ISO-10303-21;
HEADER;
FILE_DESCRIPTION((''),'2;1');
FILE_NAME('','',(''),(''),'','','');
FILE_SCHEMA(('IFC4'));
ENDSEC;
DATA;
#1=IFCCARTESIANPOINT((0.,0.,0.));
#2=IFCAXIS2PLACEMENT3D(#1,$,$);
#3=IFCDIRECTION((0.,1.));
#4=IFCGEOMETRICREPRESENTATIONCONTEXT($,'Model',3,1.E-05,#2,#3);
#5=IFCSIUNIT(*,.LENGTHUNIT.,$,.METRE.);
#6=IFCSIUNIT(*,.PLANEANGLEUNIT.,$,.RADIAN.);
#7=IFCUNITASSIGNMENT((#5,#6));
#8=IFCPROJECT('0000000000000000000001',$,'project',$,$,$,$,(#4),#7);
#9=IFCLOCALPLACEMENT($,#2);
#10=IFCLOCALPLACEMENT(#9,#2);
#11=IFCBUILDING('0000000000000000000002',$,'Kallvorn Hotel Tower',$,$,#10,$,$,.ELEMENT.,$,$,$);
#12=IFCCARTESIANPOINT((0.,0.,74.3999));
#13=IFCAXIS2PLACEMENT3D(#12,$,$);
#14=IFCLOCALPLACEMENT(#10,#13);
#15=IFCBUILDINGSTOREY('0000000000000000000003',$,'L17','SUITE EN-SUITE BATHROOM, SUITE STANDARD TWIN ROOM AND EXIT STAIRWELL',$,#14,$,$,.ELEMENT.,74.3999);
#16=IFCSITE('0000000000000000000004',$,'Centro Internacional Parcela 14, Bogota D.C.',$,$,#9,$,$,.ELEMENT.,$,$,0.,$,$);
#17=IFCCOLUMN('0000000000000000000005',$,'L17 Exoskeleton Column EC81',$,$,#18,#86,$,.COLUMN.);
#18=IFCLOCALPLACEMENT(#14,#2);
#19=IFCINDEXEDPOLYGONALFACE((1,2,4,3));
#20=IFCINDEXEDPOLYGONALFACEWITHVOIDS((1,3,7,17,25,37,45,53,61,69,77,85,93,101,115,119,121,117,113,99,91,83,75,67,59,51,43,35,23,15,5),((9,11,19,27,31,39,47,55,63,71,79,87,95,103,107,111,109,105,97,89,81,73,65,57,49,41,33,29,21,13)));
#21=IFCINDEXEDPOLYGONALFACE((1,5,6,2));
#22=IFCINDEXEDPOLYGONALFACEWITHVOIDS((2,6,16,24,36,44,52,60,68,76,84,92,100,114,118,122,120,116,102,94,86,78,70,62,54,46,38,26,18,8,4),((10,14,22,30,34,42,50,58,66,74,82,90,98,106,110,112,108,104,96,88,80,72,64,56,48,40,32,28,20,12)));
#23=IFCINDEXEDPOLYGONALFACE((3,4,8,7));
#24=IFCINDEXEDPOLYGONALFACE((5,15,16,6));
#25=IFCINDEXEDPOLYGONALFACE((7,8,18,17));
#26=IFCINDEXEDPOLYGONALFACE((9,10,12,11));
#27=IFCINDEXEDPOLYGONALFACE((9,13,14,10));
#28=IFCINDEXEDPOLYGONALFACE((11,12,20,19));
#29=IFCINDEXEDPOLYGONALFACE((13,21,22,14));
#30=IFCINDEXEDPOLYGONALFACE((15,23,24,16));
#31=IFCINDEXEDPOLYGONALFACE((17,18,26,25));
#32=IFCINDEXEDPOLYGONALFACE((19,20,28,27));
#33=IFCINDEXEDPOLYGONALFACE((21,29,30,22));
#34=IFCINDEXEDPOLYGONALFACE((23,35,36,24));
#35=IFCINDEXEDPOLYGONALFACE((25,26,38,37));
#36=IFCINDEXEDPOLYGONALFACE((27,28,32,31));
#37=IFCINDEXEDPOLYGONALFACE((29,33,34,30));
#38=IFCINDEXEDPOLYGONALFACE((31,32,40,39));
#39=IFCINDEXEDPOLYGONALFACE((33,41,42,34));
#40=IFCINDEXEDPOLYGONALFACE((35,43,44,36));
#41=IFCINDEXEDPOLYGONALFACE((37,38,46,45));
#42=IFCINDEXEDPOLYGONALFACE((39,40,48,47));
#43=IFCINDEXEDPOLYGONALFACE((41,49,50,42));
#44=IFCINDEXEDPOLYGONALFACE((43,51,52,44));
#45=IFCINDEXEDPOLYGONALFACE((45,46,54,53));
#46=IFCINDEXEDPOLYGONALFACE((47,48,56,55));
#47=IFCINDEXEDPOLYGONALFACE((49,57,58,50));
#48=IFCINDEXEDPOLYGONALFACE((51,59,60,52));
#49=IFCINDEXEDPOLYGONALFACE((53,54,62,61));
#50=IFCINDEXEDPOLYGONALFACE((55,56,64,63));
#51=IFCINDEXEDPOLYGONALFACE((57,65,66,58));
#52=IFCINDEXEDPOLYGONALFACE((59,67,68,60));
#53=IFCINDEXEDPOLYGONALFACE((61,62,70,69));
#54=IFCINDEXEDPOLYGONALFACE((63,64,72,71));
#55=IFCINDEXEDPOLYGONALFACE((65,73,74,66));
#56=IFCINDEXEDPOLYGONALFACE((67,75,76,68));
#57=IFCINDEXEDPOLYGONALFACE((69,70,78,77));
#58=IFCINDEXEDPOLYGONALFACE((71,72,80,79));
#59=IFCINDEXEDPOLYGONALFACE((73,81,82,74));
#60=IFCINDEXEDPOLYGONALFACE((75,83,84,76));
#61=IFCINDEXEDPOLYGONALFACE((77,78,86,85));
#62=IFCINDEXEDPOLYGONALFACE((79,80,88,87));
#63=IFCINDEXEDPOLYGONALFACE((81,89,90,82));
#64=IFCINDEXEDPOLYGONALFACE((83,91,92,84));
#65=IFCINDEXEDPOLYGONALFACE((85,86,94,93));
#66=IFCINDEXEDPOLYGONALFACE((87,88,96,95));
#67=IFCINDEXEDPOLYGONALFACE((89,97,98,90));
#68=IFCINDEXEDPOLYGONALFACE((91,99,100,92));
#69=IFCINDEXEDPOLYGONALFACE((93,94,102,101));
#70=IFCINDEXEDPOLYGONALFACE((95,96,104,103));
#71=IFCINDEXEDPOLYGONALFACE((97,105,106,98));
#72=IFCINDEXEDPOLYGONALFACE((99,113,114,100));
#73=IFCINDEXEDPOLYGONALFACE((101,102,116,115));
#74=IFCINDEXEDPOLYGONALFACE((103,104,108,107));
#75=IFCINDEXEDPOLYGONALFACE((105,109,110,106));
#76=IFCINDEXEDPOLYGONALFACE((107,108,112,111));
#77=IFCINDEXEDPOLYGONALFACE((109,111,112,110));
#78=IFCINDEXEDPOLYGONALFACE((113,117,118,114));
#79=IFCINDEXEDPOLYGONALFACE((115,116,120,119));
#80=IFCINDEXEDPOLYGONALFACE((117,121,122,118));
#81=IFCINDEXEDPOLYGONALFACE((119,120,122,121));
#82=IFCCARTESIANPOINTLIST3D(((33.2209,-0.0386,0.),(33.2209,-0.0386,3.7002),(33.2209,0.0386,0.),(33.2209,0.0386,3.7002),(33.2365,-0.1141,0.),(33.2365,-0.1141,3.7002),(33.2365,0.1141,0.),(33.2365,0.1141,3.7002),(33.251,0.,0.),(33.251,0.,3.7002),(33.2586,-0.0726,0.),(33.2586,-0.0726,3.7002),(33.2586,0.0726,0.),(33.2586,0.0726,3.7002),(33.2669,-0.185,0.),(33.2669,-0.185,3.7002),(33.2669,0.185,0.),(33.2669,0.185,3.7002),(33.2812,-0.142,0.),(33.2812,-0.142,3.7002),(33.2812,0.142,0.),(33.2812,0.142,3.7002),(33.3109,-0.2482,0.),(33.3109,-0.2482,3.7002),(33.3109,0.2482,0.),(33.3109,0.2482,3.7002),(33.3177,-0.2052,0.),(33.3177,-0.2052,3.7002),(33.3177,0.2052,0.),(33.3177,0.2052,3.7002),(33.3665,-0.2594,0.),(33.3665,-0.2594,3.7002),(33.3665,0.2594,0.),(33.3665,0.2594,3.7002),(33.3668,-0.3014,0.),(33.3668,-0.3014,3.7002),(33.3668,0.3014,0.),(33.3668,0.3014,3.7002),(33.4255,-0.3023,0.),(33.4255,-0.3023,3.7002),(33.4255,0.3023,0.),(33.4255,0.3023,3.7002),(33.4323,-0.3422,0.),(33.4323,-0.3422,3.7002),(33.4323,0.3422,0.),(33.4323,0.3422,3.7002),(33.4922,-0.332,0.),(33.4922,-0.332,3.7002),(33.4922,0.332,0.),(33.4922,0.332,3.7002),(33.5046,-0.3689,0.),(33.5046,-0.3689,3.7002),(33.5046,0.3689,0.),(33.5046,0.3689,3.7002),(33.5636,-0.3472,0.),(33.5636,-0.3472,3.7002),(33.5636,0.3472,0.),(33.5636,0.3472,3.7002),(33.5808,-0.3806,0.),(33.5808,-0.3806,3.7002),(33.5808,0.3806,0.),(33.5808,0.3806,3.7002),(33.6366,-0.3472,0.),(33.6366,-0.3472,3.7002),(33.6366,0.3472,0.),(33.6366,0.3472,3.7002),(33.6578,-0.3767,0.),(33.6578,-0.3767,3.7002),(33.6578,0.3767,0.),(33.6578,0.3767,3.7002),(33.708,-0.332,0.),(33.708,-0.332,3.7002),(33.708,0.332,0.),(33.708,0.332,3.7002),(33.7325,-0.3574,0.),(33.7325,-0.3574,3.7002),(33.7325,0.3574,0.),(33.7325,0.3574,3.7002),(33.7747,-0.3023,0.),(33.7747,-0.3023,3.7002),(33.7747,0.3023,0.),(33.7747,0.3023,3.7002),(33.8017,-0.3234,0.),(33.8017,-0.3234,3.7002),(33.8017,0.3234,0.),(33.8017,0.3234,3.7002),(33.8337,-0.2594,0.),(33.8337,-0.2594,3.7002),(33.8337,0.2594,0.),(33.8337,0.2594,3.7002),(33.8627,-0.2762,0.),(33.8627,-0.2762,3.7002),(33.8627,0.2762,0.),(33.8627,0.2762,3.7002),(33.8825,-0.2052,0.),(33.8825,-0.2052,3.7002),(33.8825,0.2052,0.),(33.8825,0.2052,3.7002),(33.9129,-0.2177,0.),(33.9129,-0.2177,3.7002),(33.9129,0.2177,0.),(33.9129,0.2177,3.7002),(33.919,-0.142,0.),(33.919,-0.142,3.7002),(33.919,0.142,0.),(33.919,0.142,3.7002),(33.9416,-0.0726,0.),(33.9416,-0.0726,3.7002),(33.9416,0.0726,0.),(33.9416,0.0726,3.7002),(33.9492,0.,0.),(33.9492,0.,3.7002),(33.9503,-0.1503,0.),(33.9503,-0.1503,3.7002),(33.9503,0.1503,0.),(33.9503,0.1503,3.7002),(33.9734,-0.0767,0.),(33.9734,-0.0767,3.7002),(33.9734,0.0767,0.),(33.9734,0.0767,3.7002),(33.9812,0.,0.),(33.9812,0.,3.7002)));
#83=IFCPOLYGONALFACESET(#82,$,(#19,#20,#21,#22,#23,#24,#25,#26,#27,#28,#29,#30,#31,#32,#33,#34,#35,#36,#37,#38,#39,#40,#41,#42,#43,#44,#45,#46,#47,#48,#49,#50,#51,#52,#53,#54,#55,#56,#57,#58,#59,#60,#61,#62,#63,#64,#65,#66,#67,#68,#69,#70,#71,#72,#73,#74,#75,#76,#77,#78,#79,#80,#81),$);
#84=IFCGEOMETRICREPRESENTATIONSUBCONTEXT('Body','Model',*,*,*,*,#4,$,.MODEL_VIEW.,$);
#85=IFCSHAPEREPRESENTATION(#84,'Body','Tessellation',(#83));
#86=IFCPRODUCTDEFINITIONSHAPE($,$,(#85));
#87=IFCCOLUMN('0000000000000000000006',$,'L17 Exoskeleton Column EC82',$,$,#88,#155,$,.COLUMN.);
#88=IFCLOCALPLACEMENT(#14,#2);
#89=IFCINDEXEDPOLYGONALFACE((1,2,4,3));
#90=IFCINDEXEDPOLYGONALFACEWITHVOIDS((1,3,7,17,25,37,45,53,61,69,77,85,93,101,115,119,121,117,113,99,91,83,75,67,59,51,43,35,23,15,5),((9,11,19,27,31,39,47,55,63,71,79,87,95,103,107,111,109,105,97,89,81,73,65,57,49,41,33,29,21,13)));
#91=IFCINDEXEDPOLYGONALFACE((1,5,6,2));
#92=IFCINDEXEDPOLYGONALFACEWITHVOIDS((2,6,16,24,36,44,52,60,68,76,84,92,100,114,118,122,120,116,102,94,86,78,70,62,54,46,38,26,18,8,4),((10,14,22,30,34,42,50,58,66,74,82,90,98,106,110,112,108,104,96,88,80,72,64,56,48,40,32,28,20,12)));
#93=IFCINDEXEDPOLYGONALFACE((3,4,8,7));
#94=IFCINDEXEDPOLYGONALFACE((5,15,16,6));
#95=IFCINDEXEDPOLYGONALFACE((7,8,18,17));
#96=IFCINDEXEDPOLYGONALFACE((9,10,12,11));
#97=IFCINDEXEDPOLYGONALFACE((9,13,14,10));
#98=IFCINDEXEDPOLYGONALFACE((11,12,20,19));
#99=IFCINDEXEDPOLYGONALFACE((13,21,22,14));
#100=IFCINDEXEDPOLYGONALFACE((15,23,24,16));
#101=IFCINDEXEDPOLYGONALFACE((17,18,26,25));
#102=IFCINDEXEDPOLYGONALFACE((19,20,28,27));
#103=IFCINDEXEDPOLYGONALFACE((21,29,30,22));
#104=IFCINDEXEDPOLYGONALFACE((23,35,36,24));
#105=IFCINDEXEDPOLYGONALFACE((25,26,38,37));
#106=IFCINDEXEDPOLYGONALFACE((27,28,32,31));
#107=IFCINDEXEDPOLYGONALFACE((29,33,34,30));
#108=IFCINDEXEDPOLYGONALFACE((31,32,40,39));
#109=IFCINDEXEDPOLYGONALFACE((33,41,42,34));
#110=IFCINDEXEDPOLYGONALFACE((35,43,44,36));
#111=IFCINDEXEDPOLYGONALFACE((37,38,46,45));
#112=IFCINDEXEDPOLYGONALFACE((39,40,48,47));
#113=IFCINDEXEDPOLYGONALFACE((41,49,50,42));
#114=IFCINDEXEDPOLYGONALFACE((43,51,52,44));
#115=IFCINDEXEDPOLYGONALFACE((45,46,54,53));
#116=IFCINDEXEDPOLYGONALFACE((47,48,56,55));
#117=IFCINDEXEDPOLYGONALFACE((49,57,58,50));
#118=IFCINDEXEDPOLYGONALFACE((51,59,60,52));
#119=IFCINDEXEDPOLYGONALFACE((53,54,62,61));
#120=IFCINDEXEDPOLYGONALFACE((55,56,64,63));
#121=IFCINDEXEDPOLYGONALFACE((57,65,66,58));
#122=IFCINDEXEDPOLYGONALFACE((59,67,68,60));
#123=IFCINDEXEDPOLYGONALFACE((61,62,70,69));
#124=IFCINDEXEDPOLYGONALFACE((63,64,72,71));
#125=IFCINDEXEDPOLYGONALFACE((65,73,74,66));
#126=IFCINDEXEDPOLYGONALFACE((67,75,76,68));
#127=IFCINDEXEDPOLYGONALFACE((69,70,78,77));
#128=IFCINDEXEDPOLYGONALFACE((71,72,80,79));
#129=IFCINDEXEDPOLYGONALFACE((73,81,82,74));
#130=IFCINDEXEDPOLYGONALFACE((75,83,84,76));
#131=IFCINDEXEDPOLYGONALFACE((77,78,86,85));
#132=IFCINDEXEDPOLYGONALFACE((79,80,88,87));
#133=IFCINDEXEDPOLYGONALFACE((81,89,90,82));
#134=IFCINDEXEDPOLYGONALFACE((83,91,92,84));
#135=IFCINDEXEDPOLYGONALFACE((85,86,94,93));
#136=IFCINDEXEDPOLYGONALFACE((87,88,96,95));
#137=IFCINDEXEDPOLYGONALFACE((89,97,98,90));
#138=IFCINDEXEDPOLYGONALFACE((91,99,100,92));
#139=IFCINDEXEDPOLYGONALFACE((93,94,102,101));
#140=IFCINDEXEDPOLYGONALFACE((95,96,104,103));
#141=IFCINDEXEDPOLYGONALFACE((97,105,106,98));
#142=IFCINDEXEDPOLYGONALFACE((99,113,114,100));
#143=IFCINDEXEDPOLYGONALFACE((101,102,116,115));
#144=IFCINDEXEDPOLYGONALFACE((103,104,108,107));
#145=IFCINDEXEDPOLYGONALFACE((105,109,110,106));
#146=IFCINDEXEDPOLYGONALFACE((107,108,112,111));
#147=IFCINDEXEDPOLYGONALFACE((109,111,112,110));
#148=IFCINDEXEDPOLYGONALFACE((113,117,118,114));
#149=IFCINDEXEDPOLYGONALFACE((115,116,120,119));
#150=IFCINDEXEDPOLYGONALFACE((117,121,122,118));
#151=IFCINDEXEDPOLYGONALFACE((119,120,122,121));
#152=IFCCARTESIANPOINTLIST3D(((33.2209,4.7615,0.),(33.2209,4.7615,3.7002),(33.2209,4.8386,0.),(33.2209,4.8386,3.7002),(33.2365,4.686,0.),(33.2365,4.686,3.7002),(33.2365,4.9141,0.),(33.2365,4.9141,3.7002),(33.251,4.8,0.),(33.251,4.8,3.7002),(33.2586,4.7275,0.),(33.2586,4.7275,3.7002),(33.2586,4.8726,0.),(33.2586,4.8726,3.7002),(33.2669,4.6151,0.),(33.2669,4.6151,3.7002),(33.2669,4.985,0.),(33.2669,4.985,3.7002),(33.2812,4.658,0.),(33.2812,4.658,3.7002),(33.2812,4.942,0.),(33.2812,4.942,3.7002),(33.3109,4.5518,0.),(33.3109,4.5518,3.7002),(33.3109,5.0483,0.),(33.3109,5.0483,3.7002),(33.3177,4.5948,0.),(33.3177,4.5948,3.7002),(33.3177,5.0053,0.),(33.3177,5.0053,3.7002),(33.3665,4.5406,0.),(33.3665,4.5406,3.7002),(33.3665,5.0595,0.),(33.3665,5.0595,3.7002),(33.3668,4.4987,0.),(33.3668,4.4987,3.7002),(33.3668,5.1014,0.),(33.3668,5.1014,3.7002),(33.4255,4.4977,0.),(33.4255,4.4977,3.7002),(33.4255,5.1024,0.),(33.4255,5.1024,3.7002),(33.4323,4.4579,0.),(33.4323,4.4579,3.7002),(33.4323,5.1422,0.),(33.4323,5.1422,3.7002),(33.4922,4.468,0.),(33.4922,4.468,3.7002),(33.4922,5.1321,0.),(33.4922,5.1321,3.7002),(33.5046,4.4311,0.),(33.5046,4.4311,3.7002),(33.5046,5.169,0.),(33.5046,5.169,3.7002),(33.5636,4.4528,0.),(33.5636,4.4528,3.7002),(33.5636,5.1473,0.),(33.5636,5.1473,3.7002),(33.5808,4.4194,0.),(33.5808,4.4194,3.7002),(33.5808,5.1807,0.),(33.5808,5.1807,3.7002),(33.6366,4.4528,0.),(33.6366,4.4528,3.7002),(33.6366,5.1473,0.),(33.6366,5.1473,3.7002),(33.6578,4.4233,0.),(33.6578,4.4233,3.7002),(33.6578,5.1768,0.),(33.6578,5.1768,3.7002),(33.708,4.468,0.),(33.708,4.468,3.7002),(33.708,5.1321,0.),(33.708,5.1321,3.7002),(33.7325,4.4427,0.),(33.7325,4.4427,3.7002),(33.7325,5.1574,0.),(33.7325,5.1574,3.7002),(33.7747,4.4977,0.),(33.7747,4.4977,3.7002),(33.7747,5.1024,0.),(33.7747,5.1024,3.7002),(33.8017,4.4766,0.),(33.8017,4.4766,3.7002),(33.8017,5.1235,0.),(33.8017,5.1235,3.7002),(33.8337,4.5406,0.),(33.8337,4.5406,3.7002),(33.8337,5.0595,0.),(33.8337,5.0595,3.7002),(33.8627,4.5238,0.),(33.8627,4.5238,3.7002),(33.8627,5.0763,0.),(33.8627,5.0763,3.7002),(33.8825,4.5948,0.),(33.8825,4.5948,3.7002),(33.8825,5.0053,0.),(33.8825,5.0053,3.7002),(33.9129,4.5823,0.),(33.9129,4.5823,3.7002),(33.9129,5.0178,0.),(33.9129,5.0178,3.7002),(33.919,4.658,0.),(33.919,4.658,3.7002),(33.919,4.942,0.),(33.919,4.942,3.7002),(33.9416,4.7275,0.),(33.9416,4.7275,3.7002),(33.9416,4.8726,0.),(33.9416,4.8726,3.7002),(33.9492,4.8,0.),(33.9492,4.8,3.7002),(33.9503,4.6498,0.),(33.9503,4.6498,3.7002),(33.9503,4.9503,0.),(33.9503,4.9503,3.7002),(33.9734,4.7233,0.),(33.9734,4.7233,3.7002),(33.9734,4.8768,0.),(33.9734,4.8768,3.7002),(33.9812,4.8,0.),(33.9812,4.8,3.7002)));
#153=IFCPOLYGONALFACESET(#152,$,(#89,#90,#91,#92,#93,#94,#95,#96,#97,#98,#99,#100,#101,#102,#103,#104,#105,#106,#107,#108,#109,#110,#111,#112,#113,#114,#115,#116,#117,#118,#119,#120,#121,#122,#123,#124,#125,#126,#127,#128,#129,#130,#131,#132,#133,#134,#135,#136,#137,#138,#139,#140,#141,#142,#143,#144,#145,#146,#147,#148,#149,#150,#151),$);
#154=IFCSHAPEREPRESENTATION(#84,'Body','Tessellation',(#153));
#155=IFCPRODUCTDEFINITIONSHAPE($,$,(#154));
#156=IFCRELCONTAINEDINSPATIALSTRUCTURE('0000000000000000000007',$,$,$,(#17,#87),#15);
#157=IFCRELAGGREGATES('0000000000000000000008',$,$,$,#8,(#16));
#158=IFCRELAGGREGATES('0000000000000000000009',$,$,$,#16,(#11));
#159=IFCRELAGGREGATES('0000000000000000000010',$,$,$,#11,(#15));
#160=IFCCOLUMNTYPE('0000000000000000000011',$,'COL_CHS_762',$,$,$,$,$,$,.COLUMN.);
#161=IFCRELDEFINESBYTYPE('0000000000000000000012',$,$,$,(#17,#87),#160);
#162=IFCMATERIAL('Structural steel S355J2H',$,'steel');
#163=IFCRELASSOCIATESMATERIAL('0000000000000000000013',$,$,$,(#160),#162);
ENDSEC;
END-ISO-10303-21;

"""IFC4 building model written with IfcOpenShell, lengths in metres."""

from ifc_helpers import new_model, si_unit, direction, frame, origin, origin_2d, place, context, subcontext, project, spatial, hollow_circle, extrude, material, material_profile, profile_set, type_object, element, save


model = new_model("IFC4")

# Units and contexts
model_context = context("Model", 3, precision=1e-05, world=origin(), true_north=direction((0.0, 1.0)))
body_context = subcontext(model_context, "Body", "Model", "MODEL_VIEW")
ifc_project = project(units=[si_unit("LENGTHUNIT", "METRE"), si_unit("PLANEANGLEUNIT", "RADIAN")], contexts=[model_context])

# Site, building, storey
site_placement = place(None, origin())
site = spatial("IfcSite", under=ifc_project, at=site_placement, Name="Centro Internacional Parcela 14, Bogota D.C.", CompositionType="ELEMENT", RefElevation=0.0)
building_placement = place(site_placement, origin())
building = spatial("IfcBuilding", under=site, at=building_placement, Name="Kallvorn Hotel Tower", CompositionType="ELEMENT")
storey_placement = place(building_placement, frame((0.0, 0.0, 74.3999)))
storey = spatial("IfcBuildingStorey", under=building, at=storey_placement, Name="L17", Description="SUITE EN-SUITE BATHROOM, SUITE STANDARD TWIN ROOM AND EXIT STAIRWELL", CompositionType="ELEMENT", Elevation=74.3999)

# Columns
ifc_material_1 = material(Name="Structural steel S355J2H", Category="steel")
ifc_material_profile_1 = material_profile(ifc_material_1, hollow_circle(Radius=0.3811, WallThickness=0.032, at=origin_2d()), Name="CHS 762x32")
ifc_profile_set_1 = profile_set([ifc_material_profile_1], Name="Structural steel S355J2H")
column_type_1 = type_object("IfcColumnType", Name="COL_CHS_762", PredefinedType="COLUMN", material=ifc_profile_set_1)
for number, where, z_axis, x_axis, name in (
    (1, (33.6001, 0.0, 0.0), (0.0, 0.0, 1.0), (1.0, 0.0, 0.0), "L17 Exoskeleton Column EC81"),
    (2, (33.6001, 4.8, 0.0), (0.0, 0.0, 1.0), (1.0, 0.0, 0.0), "L17 Exoskeleton Column EC82"),
):
    element("IfcColumn", number, at=place(storey_placement, frame(where, z_axis=z_axis, x_axis=x_axis)), inside=storey, type_object=column_type_1, Name=name, PredefinedType="COLUMN", context=body_context, shape_type="SweptSolid", body=[
        extrude(hollow_circle(Radius=0.3811, WallThickness=0.032, at=origin_2d()), origin(), (0.0, 0.0, 1.0), 3.7002),
    ])

save(model, "model.ifc")
